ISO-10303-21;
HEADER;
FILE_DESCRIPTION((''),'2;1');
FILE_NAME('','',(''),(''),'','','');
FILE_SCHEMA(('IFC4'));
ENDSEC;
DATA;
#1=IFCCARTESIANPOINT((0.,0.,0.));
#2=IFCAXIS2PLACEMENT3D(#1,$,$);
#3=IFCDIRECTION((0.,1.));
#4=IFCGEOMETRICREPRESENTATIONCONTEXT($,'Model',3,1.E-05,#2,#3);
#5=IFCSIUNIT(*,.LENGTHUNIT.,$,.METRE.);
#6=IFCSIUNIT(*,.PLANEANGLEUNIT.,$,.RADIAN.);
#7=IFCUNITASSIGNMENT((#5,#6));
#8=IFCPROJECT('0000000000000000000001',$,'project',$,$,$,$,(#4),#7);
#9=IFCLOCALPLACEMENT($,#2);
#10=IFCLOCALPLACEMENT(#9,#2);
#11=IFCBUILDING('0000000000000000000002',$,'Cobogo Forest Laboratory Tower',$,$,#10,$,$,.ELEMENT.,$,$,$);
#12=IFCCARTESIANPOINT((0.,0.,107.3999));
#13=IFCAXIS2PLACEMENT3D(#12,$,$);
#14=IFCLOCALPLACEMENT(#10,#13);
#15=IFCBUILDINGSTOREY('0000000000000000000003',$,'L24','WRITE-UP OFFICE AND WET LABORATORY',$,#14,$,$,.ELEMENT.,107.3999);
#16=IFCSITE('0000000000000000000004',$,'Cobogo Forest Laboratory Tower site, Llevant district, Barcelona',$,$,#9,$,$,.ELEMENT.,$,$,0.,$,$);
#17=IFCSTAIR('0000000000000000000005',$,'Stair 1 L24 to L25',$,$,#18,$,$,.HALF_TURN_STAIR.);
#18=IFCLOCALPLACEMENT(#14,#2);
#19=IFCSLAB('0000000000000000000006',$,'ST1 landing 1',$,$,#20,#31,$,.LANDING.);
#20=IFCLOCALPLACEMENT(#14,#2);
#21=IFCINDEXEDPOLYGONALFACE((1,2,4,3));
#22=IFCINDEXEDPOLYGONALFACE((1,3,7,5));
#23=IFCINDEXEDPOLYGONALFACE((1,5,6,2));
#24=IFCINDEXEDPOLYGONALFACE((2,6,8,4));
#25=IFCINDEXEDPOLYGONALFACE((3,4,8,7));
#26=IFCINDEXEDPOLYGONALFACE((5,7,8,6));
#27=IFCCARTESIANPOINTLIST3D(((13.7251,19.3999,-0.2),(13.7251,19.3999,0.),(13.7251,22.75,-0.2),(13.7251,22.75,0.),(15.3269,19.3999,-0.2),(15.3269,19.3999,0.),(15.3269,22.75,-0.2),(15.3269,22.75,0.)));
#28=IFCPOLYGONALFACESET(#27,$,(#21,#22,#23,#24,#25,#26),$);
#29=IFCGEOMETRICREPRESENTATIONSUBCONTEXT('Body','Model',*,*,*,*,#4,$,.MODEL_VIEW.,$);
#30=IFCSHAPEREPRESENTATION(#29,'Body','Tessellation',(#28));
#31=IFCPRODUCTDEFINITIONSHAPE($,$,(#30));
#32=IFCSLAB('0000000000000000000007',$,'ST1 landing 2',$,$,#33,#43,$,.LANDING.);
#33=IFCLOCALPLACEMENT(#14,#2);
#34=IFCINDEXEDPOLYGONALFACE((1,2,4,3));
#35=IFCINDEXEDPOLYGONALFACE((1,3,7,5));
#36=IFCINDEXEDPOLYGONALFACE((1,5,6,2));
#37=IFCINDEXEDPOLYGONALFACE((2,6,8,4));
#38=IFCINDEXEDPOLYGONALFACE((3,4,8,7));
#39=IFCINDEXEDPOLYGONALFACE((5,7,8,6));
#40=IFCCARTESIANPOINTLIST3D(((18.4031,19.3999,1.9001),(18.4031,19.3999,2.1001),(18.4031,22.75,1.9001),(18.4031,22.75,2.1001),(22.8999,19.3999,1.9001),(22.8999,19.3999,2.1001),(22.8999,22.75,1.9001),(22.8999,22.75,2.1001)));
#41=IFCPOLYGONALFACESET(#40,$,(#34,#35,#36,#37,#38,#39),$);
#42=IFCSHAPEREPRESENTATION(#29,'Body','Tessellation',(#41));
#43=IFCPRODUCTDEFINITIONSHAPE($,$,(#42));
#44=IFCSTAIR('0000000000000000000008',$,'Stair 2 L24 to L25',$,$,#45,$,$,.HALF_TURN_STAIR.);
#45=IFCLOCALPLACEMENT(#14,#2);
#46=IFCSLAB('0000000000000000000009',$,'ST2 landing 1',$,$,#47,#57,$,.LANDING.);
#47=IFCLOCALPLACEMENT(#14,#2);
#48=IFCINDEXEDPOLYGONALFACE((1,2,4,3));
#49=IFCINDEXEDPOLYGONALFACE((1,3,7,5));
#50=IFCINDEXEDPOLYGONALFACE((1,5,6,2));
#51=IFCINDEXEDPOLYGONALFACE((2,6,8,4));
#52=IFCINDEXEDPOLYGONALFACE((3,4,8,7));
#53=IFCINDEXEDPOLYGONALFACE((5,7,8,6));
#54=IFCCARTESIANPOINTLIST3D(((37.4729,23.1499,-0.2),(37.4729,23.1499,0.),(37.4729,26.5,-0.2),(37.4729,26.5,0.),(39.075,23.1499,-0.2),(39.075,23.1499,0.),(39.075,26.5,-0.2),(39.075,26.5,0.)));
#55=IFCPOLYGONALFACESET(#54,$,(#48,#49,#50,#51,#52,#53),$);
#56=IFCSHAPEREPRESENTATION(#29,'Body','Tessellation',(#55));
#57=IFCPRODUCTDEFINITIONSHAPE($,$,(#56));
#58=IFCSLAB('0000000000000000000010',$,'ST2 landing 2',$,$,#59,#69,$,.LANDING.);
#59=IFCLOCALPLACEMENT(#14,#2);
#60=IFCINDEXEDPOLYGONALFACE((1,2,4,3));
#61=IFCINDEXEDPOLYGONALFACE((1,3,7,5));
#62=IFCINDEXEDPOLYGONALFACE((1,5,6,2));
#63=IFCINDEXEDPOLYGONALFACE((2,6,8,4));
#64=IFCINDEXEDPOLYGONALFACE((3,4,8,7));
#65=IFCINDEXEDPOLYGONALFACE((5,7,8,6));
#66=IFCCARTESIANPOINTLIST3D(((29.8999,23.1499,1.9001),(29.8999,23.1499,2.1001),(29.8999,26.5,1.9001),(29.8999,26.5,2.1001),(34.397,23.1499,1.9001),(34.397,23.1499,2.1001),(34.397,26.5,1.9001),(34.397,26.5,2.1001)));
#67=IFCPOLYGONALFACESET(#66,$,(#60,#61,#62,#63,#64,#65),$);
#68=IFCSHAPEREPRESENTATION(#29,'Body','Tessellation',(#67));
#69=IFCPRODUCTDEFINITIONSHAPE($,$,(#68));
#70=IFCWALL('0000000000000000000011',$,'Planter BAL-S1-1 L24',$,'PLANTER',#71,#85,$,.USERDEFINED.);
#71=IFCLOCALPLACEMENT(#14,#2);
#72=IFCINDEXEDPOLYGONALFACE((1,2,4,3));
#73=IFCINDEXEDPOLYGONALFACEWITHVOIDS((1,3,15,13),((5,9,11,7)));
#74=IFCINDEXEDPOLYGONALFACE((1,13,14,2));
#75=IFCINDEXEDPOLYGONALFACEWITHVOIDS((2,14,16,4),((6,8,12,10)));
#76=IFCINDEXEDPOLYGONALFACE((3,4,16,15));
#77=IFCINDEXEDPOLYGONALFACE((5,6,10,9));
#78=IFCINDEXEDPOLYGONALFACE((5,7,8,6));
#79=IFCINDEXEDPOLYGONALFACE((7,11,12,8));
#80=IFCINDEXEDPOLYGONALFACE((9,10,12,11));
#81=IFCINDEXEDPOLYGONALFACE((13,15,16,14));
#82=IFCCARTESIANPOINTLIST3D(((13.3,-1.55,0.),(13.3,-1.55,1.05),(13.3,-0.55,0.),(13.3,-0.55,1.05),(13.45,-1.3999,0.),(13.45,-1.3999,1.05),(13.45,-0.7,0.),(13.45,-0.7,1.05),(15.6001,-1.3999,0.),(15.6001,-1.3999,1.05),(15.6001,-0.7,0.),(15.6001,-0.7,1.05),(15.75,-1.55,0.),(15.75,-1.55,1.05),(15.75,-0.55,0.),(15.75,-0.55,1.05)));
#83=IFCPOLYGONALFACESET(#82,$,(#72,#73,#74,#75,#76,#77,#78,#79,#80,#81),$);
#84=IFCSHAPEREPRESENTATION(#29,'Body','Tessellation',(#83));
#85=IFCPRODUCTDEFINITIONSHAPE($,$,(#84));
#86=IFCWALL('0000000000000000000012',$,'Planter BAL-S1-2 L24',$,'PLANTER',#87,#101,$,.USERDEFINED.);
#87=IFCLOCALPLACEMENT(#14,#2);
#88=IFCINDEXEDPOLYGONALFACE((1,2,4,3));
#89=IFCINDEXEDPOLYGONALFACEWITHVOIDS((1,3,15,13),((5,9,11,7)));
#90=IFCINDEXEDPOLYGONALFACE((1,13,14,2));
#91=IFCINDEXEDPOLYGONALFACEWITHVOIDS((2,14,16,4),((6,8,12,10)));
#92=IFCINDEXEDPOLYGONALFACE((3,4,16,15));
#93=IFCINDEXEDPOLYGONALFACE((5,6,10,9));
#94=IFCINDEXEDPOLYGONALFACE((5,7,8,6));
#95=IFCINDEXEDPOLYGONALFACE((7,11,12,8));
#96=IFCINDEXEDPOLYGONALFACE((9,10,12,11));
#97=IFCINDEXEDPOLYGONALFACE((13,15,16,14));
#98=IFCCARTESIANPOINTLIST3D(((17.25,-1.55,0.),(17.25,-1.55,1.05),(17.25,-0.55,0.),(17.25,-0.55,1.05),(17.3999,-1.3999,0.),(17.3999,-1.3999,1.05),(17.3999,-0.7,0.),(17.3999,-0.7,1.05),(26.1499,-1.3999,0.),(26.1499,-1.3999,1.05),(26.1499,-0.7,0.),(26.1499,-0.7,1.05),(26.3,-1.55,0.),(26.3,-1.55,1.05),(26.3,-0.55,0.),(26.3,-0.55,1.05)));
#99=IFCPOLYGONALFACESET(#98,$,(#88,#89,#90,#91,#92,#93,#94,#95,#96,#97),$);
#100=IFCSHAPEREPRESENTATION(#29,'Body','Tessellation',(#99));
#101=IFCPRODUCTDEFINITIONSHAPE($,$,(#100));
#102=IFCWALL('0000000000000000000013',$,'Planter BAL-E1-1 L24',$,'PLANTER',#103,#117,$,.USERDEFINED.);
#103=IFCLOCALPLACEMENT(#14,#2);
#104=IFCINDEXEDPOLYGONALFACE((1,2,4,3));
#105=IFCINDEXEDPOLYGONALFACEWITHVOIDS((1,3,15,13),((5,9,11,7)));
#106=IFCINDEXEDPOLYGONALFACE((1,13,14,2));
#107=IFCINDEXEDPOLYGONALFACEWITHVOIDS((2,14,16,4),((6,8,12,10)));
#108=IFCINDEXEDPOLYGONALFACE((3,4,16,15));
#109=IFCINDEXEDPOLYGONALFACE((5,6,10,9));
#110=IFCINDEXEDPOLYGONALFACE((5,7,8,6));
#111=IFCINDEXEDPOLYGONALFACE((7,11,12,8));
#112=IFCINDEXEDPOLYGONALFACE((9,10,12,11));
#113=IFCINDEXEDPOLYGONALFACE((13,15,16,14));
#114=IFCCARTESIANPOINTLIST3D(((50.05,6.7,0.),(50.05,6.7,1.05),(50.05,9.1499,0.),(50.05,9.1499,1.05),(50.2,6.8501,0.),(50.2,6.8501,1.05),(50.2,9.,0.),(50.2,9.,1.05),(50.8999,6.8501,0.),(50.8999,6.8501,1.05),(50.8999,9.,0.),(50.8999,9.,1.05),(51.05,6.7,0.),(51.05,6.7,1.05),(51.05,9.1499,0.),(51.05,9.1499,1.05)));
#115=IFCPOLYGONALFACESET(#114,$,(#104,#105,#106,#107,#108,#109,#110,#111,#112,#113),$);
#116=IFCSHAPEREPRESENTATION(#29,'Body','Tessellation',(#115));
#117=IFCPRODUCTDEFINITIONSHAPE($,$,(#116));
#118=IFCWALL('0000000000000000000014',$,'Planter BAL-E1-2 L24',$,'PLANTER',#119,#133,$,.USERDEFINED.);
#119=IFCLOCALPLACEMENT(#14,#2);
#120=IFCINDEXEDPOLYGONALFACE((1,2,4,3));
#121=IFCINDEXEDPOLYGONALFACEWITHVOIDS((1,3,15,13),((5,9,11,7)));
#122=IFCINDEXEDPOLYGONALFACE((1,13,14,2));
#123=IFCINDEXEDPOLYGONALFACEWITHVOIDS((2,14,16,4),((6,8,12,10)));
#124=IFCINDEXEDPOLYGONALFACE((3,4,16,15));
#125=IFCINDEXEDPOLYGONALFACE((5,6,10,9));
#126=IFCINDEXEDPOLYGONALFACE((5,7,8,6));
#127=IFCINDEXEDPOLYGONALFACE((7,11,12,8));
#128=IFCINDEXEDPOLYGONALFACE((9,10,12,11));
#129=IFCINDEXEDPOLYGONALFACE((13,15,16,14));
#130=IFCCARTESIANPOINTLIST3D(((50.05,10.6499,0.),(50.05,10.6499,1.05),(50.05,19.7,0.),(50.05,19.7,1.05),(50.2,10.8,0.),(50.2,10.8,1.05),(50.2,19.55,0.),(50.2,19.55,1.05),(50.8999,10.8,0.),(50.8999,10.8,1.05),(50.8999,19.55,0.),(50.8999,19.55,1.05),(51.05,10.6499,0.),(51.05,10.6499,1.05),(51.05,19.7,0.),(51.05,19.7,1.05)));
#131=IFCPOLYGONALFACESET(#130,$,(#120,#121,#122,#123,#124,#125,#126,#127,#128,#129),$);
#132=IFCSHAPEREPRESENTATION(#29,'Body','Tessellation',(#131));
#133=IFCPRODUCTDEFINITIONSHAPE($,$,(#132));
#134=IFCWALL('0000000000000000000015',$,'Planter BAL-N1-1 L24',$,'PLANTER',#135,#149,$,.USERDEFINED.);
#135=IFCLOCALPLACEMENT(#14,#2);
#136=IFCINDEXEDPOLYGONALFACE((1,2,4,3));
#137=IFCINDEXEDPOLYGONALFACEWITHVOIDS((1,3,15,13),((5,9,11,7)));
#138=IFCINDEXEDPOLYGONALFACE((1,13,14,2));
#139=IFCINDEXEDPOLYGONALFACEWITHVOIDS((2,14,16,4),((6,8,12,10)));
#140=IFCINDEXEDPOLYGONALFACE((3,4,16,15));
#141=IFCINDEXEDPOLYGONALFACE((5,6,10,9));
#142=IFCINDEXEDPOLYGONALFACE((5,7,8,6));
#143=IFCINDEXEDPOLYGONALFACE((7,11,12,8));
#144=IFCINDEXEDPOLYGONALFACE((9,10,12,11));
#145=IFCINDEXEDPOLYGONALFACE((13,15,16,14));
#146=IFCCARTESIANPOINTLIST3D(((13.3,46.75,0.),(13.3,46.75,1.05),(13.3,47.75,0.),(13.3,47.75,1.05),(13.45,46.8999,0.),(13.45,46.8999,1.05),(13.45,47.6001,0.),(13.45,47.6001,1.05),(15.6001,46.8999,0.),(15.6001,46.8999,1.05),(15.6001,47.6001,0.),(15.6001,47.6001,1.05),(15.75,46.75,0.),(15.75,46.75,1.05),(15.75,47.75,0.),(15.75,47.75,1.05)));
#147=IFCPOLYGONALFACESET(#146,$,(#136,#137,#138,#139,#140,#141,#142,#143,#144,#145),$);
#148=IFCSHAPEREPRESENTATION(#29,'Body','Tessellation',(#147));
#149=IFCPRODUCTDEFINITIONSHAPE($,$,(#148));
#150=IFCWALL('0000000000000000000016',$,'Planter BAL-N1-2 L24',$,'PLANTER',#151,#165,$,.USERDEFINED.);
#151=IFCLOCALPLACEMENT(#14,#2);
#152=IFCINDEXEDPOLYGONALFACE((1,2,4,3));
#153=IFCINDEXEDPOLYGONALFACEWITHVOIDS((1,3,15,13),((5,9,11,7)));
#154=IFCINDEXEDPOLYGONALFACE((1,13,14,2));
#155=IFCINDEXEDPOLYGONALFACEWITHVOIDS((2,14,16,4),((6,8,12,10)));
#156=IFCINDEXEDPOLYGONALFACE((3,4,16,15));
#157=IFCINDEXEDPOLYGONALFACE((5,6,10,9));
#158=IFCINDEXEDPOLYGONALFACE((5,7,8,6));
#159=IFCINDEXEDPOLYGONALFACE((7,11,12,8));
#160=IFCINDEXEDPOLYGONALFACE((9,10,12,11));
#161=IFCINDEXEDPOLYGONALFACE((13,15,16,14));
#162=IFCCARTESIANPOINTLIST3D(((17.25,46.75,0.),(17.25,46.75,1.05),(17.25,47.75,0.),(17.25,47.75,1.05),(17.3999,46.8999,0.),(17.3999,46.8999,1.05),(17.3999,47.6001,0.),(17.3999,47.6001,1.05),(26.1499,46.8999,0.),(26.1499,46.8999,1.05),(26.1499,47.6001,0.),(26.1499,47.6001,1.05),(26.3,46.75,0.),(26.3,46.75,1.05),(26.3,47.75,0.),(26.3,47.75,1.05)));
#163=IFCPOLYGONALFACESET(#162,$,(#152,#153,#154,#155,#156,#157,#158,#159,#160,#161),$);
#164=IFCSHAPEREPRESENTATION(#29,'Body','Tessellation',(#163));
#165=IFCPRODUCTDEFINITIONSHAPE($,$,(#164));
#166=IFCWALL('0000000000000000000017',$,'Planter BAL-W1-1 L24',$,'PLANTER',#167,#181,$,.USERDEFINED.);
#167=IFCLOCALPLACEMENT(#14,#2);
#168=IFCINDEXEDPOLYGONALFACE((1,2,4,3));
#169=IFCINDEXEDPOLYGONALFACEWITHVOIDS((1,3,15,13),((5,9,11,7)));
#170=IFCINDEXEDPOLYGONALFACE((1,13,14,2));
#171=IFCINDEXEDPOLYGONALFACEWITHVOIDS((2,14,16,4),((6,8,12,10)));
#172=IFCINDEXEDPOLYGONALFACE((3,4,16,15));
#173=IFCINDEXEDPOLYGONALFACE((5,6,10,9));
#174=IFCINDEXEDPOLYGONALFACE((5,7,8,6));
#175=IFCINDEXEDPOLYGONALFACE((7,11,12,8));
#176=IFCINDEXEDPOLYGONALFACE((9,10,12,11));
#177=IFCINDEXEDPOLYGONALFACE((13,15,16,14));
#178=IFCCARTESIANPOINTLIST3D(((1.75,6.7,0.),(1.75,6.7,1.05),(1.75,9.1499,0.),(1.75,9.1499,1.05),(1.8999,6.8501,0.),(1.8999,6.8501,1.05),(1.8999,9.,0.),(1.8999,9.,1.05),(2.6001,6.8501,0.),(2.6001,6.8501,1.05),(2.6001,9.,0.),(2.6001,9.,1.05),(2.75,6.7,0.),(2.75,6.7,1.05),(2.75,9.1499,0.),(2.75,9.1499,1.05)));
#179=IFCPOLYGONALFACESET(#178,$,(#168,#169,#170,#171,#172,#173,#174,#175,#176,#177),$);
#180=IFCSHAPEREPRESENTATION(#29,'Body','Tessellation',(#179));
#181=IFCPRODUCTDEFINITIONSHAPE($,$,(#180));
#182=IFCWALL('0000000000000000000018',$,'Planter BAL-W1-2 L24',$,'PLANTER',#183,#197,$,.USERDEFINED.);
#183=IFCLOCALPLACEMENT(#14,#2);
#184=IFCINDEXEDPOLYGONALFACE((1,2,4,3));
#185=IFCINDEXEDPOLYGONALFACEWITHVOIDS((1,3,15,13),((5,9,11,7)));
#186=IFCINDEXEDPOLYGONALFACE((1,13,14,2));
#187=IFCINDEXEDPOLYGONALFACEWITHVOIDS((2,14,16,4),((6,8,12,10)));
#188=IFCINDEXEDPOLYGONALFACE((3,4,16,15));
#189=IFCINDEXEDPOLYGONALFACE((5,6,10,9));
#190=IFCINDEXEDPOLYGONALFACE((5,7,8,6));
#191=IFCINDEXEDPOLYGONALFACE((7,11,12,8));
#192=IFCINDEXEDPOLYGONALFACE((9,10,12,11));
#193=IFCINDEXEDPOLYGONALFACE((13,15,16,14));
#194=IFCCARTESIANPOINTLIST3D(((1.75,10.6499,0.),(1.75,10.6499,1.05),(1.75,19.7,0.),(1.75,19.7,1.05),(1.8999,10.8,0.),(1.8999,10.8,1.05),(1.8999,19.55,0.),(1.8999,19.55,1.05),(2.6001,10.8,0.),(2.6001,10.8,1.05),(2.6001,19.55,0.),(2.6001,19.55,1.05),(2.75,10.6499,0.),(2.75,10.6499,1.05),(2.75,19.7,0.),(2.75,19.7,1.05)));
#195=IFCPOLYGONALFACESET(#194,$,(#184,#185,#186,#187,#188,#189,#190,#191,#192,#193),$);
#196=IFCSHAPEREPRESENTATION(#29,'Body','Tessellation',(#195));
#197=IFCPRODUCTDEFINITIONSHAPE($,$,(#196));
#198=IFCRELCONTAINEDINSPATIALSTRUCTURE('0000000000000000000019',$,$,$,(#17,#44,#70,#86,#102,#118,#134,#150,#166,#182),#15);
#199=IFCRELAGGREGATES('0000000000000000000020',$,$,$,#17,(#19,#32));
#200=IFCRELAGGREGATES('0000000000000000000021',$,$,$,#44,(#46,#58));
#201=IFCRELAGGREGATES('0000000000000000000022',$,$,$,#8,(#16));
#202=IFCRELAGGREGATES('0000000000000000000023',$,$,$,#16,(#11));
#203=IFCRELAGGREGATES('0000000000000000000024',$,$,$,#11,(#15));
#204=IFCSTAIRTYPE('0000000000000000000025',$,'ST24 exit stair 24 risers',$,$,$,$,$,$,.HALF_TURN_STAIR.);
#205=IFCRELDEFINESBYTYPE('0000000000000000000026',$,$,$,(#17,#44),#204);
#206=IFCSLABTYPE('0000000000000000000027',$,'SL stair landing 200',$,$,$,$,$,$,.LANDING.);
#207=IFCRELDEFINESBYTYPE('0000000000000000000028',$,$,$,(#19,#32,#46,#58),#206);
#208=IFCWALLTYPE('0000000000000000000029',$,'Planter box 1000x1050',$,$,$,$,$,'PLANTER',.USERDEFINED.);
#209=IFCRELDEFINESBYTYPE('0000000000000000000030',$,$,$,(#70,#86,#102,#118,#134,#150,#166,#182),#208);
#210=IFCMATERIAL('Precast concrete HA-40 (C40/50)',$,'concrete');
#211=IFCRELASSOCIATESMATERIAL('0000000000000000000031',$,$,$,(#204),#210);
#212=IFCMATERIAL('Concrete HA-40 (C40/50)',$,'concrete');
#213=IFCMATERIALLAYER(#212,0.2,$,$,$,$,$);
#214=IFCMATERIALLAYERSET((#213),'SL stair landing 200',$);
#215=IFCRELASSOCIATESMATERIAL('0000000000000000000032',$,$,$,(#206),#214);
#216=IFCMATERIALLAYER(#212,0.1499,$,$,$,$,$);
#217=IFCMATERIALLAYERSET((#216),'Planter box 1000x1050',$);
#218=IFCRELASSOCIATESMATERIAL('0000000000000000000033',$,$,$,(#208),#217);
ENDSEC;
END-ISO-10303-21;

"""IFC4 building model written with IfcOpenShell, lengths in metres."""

from ifc_helpers import new_model, si_unit, direction, frame, origin, place, context, subcontext, project, spatial, polyline, outline, extrude, material, layer, layer_set, type_object, element, aggregate, save


model = new_model("IFC4")

# Units and contexts
model_context = context("Model", 3, precision=1e-05, world=origin(), true_north=direction((0.0, 1.0)))
body_context = subcontext(model_context, "Body", "Model", "MODEL_VIEW")
ifc_project = project(units=[si_unit("LENGTHUNIT", "METRE"), si_unit("PLANEANGLEUNIT", "RADIAN")], contexts=[model_context])

# Site, building, storey
site_placement = place(None, origin())
site = spatial("IfcSite", under=ifc_project, at=site_placement, Name="Cobogo Forest Laboratory Tower site, Llevant district, Barcelona", CompositionType="ELEMENT", RefElevation=0.0)
building_placement = place(site_placement, origin())
building = spatial("IfcBuilding", under=site, at=building_placement, Name="Cobogo Forest Laboratory Tower", CompositionType="ELEMENT")
storey_placement = place(building_placement, frame((0.0, 0.0, 107.3999)))
storey = spatial("IfcBuildingStorey", under=building, at=storey_placement, Name="L24", Description="WRITE-UP OFFICE AND WET LABORATORY", CompositionType="ELEMENT", Elevation=107.3999)

# Shared definitions
ifc_material_1 = material(Name="Concrete HA-40 (C40/50)", Category="concrete")

# Stairs, slabs
ifc_material_2 = material(Name="Precast concrete HA-40 (C40/50)", Category="concrete")
stair_type = type_object("IfcStairType", Name="ST24 exit stair 24 risers", PredefinedType="HALF_TURN_STAIR", material=ifc_material_2)
stair_1_placement = place(storey_placement, origin())
stair_1 = element("IfcStair", 1, at=stair_1_placement, inside=storey, type_object=stair_type, Name="Stair 1 L24 to L25", PredefinedType="HALF_TURN_STAIR")
ifc_layer_1 = layer(ifc_material_1, 0.2)
ifc_layer_set_1 = layer_set([ifc_layer_1], Name="SL stair landing 200")
slab_type_1 = type_object("IfcSlabType", Name="SL stair landing 200", PredefinedType="LANDING", material=ifc_layer_set_1)
slab_1_placement = place(storey_placement, frame((0.0, 0.0, -0.2)))
slab_1 = element("IfcSlab", 2, at=slab_1_placement, type_object=slab_type_1, Name="ST1 landing 1", PredefinedType="LANDING", context=body_context, shape_type="SweptSolid", body=[
    extrude(outline(polyline([(13.7251, 19.3999), (15.3269, 19.3999), (15.3269, 22.75), (13.7251, 22.75), (13.7251, 19.3999)])), origin(), (0.0, 0.0, 1.0), 0.2),
])
slab_2_placement = place(storey_placement, frame((0.0, 0.0, 1.9001)))
slab_2 = element("IfcSlab", 3, at=slab_2_placement, type_object=slab_type_1, Name="ST1 landing 2", PredefinedType="LANDING", context=body_context, shape_type="SweptSolid", body=[
    extrude(outline(polyline([(18.4031, 19.3999), (22.8999, 19.3999), (22.8999, 22.75), (18.4031, 22.75), (18.4031, 19.3999)])), origin(), (0.0, 0.0, 1.0), 0.2),
])
aggregate(stair_1, [slab_1, slab_2])
stair_2_placement = place(storey_placement, origin())
stair_2 = element("IfcStair", 4, at=stair_2_placement, inside=storey, type_object=stair_type, Name="Stair 2 L24 to L25", PredefinedType="HALF_TURN_STAIR")
slab_3_placement = place(storey_placement, frame((0.0, 0.0, -0.2)))
slab_3 = element("IfcSlab", 5, at=slab_3_placement, type_object=slab_type_1, Name="ST2 landing 1", PredefinedType="LANDING", context=body_context, shape_type="SweptSolid", body=[
    extrude(outline(polyline([(37.4729, 23.1499), (39.075, 23.1499), (39.075, 26.5), (37.4729, 26.5), (37.4729, 23.1499)])), origin(), (0.0, 0.0, 1.0), 0.2),
])
slab_4_placement = place(storey_placement, frame((0.0, 0.0, 1.9001)))
slab_4 = element("IfcSlab", 6, at=slab_4_placement, type_object=slab_type_1, Name="ST2 landing 2", PredefinedType="LANDING", context=body_context, shape_type="SweptSolid", body=[
    extrude(outline(polyline([(29.8999, 23.1499), (34.397, 23.1499), (34.397, 26.5), (29.8999, 26.5), (29.8999, 23.1499)])), origin(), (0.0, 0.0, 1.0), 0.2),
])
aggregate(stair_2, [slab_3, slab_4])

# Walls
ifc_layer_2 = layer(ifc_material_1, 0.1499)
ifc_layer_set_2 = layer_set([ifc_layer_2], Name="Planter box 1000x1050")
wall_type = type_object("IfcWallType", Name="Planter box 1000x1050", ElementType="PLANTER", PredefinedType="USERDEFINED", material=ifc_layer_set_2)
wall_1_placement = place(storey_placement, origin())
element("IfcWall", 7, at=wall_1_placement, inside=storey, type_object=wall_type, Name="Planter BAL-S1-1 L24", ObjectType="PLANTER", PredefinedType="USERDEFINED", context=body_context, shape_type="SweptSolid", body=[
    extrude(outline(polyline([(13.3, -1.55), (15.75, -1.55), (15.75, -0.55), (13.3, -0.55), (13.3, -1.55)]), holes=[polyline([(13.45, -1.3999), (15.6001, -1.3999), (15.6001, -0.7), (13.45, -0.7), (13.45, -1.3999)])]), origin(), (0.0, 0.0, 1.0), 1.05),
])
wall_2_placement = place(storey_placement, origin())
element("IfcWall", 8, at=wall_2_placement, inside=storey, type_object=wall_type, Name="Planter BAL-S1-2 L24", ObjectType="PLANTER", PredefinedType="USERDEFINED", context=body_context, shape_type="SweptSolid", body=[
    extrude(outline(polyline([(17.25, -1.55), (26.3, -1.55), (26.3, -0.55), (17.25, -0.55), (17.25, -1.55)]), holes=[polyline([(17.3999, -1.3999), (26.1499, -1.3999), (26.1499, -0.7), (17.3999, -0.7), (17.3999, -1.3999)])]), origin(), (0.0, 0.0, 1.0), 1.05),
])
wall_3_placement = place(storey_placement, origin())
element("IfcWall", 9, at=wall_3_placement, inside=storey, type_object=wall_type, Name="Planter BAL-E1-1 L24", ObjectType="PLANTER", PredefinedType="USERDEFINED", context=body_context, shape_type="SweptSolid", body=[
    extrude(outline(polyline([(50.05, 6.7), (51.05, 6.7), (51.05, 9.1499), (50.05, 9.1499), (50.05, 6.7)]), holes=[polyline([(50.2, 6.8501), (50.8999, 6.8501), (50.8999, 9.0), (50.2, 9.0), (50.2, 6.8501)])]), origin(), (0.0, 0.0, 1.0), 1.05),
])
wall_4_placement = place(storey_placement, origin())
element("IfcWall", 10, at=wall_4_placement, inside=storey, type_object=wall_type, Name="Planter BAL-E1-2 L24", ObjectType="PLANTER", PredefinedType="USERDEFINED", context=body_context, shape_type="SweptSolid", body=[
    extrude(outline(polyline([(50.05, 10.6499), (51.05, 10.6499), (51.05, 19.7), (50.05, 19.7), (50.05, 10.6499)]), holes=[polyline([(50.2, 10.8), (50.8999, 10.8), (50.8999, 19.55), (50.2, 19.55), (50.2, 10.8)])]), origin(), (0.0, 0.0, 1.0), 1.05),
])
wall_5_placement = place(storey_placement, origin())
element("IfcWall", 11, at=wall_5_placement, inside=storey, type_object=wall_type, Name="Planter BAL-N1-1 L24", ObjectType="PLANTER", PredefinedType="USERDEFINED", context=body_context, shape_type="SweptSolid", body=[
    extrude(outline(polyline([(13.3, 46.75), (15.75, 46.75), (15.75, 47.75), (13.3, 47.75), (13.3, 46.75)]), holes=[polyline([(13.45, 46.8999), (15.6001, 46.8999), (15.6001, 47.6001), (13.45, 47.6001), (13.45, 46.8999)])]), origin(), (0.0, 0.0, 1.0), 1.05),
])
wall_6_placement = place(storey_placement, origin())
element("IfcWall", 12, at=wall_6_placement, inside=storey, type_object=wall_type, Name="Planter BAL-N1-2 L24", ObjectType="PLANTER", PredefinedType="USERDEFINED", context=body_context, shape_type="SweptSolid", body=[
    extrude(outline(polyline([(17.25, 46.75), (26.3, 46.75), (26.3, 47.75), (17.25, 47.75), (17.25, 46.75)]), holes=[polyline([(17.3999, 46.8999), (26.1499, 46.8999), (26.1499, 47.6001), (17.3999, 47.6001), (17.3999, 46.8999)])]), origin(), (0.0, 0.0, 1.0), 1.05),
])
wall_7_placement = place(storey_placement, origin())
element("IfcWall", 13, at=wall_7_placement, inside=storey, type_object=wall_type, Name="Planter BAL-W1-1 L24", ObjectType="PLANTER", PredefinedType="USERDEFINED", context=body_context, shape_type="SweptSolid", body=[
    extrude(outline(polyline([(1.75, 6.7), (2.75, 6.7), (2.75, 9.1499), (1.75, 9.1499), (1.75, 6.7)]), holes=[polyline([(1.8999, 6.8501), (2.6001, 6.8501), (2.6001, 9.0), (1.8999, 9.0), (1.8999, 6.8501)])]), origin(), (0.0, 0.0, 1.0), 1.05),
])
wall_8_placement = place(storey_placement, origin())
element("IfcWall", 14, at=wall_8_placement, inside=storey, type_object=wall_type, Name="Planter BAL-W1-2 L24", ObjectType="PLANTER", PredefinedType="USERDEFINED", context=body_context, shape_type="SweptSolid", body=[
    extrude(outline(polyline([(1.75, 10.6499), (2.75, 10.6499), (2.75, 19.7), (1.75, 19.7), (1.75, 10.6499)]), holes=[polyline([(1.8999, 10.8), (2.6001, 10.8), (2.6001, 19.55), (1.8999, 19.55), (1.8999, 10.8)])]), origin(), (0.0, 0.0, 1.0), 1.05),
])

save(model, "model.ifc")
